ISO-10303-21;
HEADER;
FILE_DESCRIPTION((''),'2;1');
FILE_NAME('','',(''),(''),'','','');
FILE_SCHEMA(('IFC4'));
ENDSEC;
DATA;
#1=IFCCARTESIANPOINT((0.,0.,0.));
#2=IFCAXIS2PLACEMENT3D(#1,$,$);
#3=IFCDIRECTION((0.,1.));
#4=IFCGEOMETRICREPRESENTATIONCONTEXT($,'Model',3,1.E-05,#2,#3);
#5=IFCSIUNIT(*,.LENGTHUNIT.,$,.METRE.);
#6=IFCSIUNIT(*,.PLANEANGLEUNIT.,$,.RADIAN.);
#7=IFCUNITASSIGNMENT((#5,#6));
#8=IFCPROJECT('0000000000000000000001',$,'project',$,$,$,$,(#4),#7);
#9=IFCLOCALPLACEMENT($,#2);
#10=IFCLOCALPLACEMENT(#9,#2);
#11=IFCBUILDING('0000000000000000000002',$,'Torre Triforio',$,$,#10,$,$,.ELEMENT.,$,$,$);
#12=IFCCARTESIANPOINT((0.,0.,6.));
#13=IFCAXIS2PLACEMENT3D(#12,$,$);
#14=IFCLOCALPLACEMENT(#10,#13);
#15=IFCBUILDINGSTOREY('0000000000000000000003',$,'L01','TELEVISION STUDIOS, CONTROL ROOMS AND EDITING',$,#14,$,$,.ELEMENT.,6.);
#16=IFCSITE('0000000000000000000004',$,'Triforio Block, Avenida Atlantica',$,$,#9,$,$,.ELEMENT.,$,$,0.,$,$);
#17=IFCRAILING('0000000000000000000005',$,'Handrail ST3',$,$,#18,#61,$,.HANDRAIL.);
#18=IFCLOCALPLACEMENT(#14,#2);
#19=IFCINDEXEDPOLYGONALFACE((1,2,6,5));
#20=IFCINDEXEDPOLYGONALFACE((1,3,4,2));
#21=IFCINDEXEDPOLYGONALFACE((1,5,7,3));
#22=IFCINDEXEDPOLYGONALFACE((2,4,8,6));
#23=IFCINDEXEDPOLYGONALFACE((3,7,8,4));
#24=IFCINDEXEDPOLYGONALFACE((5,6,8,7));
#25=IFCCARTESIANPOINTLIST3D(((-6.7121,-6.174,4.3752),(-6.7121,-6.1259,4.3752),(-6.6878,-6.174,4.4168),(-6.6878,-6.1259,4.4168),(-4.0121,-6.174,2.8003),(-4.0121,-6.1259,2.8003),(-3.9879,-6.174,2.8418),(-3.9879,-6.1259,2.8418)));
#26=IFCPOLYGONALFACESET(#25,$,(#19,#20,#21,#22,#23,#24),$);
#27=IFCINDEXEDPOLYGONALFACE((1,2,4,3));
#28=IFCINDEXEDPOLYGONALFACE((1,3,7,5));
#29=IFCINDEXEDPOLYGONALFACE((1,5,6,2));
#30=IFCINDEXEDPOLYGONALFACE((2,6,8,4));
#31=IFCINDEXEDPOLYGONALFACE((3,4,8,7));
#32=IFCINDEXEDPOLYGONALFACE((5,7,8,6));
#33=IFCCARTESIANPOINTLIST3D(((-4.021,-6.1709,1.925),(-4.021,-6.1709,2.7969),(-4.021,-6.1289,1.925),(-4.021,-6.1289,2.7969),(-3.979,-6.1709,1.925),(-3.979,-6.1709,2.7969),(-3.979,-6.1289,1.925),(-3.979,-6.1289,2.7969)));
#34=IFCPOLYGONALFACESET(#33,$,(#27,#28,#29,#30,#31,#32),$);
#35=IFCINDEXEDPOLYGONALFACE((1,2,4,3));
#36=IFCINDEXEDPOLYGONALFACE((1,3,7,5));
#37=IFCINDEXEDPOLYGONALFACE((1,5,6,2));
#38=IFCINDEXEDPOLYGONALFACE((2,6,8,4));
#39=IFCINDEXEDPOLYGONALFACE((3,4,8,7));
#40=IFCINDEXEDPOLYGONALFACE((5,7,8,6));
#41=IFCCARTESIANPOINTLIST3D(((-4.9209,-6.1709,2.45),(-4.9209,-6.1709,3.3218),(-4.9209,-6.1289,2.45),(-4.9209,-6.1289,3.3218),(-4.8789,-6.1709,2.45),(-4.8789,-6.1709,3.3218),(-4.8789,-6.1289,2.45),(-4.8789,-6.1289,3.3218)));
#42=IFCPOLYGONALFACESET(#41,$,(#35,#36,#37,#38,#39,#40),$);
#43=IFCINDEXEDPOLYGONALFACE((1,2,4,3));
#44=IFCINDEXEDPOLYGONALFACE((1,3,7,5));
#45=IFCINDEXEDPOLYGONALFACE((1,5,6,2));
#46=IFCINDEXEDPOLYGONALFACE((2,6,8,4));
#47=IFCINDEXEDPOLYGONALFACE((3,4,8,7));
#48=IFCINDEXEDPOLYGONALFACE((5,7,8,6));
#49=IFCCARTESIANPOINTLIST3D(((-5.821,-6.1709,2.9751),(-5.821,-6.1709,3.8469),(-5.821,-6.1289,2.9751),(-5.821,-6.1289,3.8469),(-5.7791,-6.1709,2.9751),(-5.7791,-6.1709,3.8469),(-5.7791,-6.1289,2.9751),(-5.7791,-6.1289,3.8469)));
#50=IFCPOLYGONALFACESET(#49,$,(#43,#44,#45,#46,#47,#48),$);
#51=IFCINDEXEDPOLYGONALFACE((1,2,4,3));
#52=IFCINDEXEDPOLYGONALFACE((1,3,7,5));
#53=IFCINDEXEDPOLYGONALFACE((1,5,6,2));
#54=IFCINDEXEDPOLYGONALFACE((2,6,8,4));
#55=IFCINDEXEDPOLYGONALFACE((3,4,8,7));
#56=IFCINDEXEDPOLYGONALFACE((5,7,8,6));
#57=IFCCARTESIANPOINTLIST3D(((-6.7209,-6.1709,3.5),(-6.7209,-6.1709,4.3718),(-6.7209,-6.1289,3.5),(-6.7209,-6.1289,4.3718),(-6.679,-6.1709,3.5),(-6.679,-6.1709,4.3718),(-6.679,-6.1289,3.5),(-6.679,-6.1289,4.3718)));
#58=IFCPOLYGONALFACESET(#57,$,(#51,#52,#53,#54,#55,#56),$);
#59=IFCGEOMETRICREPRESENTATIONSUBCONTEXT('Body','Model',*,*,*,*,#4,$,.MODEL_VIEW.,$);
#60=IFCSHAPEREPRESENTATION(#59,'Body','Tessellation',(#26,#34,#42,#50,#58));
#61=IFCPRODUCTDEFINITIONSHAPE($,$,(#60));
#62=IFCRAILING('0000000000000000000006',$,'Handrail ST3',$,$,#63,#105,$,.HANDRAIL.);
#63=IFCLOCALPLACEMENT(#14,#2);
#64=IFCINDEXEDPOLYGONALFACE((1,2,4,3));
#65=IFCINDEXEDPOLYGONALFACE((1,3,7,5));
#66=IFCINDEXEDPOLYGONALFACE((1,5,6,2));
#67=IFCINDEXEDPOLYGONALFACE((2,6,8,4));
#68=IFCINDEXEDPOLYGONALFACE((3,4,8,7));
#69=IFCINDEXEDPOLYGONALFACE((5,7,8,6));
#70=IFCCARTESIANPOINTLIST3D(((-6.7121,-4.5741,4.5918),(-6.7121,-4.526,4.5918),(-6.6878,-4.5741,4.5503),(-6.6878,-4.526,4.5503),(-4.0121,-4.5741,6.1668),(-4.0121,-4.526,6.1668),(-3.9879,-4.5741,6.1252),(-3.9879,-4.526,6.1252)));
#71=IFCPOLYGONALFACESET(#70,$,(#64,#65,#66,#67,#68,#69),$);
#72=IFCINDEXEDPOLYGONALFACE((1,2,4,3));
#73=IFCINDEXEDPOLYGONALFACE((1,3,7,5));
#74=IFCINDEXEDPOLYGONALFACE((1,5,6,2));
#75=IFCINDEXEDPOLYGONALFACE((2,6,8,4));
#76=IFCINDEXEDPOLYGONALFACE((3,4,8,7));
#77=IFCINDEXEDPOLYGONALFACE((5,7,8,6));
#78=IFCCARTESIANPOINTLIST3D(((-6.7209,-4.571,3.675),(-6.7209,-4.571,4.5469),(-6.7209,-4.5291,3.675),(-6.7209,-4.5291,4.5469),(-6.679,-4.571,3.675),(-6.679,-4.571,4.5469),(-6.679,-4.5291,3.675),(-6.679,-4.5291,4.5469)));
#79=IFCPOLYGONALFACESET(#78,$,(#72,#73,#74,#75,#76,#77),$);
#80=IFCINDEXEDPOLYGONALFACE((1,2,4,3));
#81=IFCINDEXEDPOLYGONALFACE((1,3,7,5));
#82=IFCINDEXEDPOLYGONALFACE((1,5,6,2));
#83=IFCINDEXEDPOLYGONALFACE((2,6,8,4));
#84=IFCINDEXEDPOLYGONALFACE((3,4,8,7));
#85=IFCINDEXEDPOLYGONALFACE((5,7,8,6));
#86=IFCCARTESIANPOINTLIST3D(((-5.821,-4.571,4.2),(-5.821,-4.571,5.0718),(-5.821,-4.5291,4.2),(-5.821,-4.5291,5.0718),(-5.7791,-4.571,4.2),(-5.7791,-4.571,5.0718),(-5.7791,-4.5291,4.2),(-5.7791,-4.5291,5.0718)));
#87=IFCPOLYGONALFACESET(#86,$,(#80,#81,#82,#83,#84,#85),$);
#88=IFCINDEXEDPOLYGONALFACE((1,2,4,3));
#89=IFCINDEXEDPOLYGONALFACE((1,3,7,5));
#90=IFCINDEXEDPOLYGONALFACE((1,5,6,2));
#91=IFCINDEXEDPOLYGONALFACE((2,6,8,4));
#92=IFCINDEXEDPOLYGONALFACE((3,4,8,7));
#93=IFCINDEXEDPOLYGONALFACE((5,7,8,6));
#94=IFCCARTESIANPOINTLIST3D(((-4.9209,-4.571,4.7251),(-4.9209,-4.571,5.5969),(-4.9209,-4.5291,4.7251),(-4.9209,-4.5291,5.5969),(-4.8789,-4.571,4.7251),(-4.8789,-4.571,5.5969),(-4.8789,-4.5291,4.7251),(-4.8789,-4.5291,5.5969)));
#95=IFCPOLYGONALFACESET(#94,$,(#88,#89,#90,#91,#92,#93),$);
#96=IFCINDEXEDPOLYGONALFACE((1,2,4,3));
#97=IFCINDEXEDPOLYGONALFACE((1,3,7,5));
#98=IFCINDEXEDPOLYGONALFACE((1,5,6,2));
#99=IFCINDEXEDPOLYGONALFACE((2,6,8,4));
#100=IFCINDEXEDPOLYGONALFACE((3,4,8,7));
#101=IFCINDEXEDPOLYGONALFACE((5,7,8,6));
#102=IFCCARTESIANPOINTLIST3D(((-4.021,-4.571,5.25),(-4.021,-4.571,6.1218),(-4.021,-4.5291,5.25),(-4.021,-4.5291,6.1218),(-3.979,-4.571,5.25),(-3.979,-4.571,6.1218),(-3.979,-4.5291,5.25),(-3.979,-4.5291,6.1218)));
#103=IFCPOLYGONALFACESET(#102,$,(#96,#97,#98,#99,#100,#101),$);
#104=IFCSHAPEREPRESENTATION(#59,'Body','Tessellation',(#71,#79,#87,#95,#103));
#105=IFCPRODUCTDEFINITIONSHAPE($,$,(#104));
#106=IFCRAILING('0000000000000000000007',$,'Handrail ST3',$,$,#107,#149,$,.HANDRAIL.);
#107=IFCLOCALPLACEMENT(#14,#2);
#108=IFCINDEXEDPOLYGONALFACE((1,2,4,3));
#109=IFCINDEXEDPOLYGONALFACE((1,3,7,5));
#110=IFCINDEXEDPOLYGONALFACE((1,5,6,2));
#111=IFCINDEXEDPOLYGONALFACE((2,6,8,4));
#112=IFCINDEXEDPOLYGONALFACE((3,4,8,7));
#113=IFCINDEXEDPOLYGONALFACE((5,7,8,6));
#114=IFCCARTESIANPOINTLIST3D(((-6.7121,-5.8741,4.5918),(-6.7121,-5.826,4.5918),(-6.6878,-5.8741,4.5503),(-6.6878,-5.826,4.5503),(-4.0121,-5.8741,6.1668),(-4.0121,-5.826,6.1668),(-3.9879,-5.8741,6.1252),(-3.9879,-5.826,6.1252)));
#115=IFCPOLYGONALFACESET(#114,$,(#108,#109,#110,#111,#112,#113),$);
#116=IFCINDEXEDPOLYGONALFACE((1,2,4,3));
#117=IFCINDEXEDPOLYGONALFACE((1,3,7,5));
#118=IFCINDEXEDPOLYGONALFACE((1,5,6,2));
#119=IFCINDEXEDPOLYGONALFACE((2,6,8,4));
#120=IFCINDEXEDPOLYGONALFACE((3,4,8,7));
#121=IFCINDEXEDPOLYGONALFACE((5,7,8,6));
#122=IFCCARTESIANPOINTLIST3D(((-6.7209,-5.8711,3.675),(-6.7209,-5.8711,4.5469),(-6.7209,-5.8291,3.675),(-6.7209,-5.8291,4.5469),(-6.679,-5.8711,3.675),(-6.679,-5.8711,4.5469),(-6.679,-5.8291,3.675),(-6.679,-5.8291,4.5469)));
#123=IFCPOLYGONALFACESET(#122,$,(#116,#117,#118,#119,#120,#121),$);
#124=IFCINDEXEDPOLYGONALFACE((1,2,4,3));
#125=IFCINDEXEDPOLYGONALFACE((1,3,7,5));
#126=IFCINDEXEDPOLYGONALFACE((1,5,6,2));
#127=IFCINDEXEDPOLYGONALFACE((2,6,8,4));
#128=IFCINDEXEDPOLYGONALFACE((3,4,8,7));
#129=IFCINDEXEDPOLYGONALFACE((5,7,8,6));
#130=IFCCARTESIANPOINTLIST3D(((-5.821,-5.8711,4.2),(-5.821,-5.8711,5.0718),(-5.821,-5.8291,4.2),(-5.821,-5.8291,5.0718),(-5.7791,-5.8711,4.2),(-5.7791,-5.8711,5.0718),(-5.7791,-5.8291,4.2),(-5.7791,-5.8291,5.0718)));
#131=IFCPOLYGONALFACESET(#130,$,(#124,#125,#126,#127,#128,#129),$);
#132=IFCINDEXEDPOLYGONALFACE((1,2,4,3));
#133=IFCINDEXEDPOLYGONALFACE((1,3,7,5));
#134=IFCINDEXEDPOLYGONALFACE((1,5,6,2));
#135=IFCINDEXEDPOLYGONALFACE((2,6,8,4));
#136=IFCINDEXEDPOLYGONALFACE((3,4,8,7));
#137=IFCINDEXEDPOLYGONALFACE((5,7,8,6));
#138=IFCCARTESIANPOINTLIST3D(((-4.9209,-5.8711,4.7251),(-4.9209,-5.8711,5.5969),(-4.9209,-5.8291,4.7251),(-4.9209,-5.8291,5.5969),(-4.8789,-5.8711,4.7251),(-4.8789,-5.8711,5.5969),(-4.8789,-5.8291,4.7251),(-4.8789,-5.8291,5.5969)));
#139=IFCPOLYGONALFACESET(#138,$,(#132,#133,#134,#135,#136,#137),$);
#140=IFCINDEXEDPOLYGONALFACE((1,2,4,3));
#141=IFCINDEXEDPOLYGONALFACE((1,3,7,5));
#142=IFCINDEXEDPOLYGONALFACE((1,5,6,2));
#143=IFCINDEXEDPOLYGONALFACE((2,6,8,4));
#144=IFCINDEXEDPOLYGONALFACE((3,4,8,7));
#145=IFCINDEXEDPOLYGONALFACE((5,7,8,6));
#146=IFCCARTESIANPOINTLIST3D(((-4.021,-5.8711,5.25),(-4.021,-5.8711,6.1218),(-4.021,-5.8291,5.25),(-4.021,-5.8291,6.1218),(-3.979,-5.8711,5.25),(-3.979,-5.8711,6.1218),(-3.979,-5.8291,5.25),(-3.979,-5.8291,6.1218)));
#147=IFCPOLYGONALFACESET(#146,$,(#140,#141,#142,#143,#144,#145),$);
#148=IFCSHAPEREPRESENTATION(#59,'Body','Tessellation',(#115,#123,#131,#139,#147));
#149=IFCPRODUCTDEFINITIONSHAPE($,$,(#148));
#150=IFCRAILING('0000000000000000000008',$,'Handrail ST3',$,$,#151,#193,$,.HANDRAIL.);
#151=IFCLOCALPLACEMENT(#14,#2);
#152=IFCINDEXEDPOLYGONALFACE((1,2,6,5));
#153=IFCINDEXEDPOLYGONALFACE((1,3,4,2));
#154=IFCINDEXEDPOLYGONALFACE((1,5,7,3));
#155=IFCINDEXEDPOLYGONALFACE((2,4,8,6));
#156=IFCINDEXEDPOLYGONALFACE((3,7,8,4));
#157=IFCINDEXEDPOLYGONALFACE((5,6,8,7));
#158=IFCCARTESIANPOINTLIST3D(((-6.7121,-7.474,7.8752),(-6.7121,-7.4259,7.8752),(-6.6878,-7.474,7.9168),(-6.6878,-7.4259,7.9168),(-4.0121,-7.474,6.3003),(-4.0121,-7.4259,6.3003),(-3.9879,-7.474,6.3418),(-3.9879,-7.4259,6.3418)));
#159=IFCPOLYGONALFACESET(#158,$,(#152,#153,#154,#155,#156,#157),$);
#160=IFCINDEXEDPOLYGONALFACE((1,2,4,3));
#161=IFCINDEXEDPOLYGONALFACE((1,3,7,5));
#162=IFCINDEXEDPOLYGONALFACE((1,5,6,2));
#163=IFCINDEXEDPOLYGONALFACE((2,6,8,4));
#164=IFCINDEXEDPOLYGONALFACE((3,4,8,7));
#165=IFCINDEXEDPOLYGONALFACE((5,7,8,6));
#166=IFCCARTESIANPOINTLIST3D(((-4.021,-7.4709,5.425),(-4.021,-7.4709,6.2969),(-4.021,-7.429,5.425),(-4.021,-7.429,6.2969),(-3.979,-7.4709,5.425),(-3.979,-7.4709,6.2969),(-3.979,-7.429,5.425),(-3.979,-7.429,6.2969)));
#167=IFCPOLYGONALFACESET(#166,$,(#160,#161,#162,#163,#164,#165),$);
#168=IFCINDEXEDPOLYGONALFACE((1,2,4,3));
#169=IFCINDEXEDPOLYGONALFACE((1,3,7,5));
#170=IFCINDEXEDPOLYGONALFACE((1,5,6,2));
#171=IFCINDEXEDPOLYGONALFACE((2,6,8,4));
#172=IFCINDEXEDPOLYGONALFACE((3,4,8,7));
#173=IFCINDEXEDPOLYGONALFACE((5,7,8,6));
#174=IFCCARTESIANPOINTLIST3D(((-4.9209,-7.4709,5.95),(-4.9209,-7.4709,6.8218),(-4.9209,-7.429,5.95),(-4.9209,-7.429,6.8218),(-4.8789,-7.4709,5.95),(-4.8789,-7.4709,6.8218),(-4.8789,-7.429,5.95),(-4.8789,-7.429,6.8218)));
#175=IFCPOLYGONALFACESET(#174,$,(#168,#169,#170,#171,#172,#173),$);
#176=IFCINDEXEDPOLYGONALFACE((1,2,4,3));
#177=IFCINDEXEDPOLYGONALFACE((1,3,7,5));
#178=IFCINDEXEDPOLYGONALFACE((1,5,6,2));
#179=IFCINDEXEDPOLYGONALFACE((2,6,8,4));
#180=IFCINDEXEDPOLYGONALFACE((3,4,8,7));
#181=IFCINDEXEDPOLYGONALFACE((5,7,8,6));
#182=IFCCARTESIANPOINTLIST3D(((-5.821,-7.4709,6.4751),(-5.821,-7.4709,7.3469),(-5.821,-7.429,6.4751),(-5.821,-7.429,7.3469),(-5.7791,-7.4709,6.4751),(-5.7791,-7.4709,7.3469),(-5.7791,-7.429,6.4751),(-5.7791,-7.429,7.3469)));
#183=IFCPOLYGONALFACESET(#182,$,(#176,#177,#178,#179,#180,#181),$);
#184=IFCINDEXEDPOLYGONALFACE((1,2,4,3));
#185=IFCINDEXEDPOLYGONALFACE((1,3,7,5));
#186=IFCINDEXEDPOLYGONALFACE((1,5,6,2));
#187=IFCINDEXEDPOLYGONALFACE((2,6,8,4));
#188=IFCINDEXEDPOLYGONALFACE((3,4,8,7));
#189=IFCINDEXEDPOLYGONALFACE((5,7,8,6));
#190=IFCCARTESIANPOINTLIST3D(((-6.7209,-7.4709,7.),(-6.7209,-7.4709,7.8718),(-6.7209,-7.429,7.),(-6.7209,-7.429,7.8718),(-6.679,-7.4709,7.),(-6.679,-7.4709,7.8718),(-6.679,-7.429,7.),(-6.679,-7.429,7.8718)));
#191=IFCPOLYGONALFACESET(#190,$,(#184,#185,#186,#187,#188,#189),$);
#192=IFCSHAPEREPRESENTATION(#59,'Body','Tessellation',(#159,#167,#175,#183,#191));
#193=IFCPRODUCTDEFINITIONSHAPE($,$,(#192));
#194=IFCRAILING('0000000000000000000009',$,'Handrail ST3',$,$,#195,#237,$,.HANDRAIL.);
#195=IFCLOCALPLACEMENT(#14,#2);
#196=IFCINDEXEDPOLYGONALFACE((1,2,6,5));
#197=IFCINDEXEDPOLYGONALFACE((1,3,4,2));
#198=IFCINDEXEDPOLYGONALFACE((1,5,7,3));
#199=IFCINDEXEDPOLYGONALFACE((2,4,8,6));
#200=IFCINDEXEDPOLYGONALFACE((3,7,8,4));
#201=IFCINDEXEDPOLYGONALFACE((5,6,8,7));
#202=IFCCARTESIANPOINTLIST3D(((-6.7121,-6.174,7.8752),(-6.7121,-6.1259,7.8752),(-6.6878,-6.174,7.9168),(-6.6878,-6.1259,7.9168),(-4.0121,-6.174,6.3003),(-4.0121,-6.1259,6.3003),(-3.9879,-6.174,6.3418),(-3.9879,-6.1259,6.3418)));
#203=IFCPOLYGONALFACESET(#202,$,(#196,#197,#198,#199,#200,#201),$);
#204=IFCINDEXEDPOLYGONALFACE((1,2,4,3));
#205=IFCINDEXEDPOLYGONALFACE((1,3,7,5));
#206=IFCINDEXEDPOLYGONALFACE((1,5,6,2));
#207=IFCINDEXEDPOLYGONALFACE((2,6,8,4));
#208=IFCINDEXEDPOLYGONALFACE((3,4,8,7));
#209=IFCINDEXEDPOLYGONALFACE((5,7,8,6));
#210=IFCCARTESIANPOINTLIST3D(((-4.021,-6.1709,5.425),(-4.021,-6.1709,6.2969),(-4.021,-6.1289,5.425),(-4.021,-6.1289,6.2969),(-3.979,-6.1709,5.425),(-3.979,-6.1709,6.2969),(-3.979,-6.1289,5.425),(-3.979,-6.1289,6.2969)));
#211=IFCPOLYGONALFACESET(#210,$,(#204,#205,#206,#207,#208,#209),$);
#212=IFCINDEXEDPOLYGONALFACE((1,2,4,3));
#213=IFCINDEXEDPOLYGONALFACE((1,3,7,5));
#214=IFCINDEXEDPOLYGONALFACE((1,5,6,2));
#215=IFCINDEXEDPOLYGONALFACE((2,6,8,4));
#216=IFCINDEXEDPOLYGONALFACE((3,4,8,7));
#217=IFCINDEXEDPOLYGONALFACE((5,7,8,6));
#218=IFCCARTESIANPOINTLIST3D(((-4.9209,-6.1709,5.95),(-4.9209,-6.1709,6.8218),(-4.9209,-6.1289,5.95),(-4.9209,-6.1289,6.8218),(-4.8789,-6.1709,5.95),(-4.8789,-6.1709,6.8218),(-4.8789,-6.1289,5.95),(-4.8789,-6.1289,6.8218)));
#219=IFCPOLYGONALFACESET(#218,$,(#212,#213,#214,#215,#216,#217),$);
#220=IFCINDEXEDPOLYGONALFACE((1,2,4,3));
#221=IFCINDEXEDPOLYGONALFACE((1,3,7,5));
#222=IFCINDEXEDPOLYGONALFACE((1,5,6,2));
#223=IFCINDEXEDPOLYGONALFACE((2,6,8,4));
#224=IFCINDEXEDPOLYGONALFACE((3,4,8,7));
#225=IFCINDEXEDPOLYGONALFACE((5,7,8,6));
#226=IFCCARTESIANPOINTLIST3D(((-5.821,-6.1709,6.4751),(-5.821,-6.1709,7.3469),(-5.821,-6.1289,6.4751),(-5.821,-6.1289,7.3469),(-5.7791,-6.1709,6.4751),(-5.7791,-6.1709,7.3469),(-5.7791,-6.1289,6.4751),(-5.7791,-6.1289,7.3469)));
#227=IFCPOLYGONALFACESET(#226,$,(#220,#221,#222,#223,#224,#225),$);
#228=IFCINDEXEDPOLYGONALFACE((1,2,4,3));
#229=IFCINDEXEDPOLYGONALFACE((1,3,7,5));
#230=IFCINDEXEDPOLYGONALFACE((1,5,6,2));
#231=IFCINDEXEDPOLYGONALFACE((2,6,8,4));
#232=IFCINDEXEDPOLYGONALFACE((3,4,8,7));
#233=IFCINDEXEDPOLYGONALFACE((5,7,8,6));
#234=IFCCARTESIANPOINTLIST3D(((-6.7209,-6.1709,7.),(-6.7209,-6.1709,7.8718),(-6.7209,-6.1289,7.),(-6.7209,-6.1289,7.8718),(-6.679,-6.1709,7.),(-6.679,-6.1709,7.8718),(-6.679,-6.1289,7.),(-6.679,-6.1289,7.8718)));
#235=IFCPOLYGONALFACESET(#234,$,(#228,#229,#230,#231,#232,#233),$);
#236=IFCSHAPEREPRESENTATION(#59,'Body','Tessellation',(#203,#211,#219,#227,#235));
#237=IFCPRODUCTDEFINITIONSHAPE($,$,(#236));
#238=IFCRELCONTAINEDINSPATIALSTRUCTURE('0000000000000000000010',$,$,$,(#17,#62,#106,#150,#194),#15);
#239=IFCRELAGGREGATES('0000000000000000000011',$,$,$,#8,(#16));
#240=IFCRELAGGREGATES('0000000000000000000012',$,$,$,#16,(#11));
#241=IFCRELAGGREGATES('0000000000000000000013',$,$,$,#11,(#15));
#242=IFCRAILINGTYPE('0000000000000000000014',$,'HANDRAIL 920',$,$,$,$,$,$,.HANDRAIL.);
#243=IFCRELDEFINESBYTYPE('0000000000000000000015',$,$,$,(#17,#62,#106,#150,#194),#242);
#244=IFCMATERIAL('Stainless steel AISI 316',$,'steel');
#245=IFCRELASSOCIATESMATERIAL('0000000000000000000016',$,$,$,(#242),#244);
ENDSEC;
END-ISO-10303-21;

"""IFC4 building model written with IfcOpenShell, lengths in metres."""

from ifc_helpers import new_model, si_unit, direction, frame, origin, origin_2d, place, context, subcontext, project, spatial, rectangle, extrude, material, type_object, element, save


model = new_model("IFC4")

# Units and contexts
model_context = context("Model", 3, precision=1e-05, world=origin(), true_north=direction((0.0, 1.0)))
body_context = subcontext(model_context, "Body", "Model", "MODEL_VIEW")
ifc_project = project(units=[si_unit("LENGTHUNIT", "METRE"), si_unit("PLANEANGLEUNIT", "RADIAN")], contexts=[model_context])

# Site, building, storey
site_placement = place(None, origin())
site = spatial("IfcSite", under=ifc_project, at=site_placement, Name="Triforio Block, Avenida Atlantica", CompositionType="ELEMENT", RefElevation=0.0)
building_placement = place(site_placement, origin())
building = spatial("IfcBuilding", under=site, at=building_placement, Name="Torre Triforio", CompositionType="ELEMENT")
storey_placement = place(building_placement, frame((0.0, 0.0, 6.0)))
storey = spatial("IfcBuildingStorey", under=building, at=storey_placement, Name="L01", Description="TELEVISION STUDIOS, CONTROL ROOMS AND EDITING", CompositionType="ELEMENT", Elevation=6.0)

# Railings
ifc_material_1 = material(Name="Stainless steel AISI 316", Category="steel")
railing_type = type_object("IfcRailingType", Name="HANDRAIL 920", PredefinedType="HANDRAIL", material=ifc_material_1)
for number, where, name in (
    (1, (-4.0, -6.1499, 1.925), "Handrail ST3"),
):
    element("IfcRailing", number, at=place(storey_placement, frame(where)), inside=storey, type_object=railing_type, Name=name, PredefinedType="HANDRAIL", context=body_context, shape_type="SweptSolid", body=[
        extrude(rectangle(XDim=0.0481, YDim=0.0481, at=origin_2d()), frame((0.0, 0.0, 0.896), z_axis=(-0.863782, 0.0, 0.503866), x_axis=(0.0, -1.0, 0.0)), (0.0, 0.0, 1.0), 3.1257),
        extrude(rectangle(XDim=0.042, YDim=0.042, at=origin_2d()), origin(), (0.0, 0.0, 1.0), 0.8718),
        extrude(rectangle(XDim=0.042, YDim=0.042, at=origin_2d()), frame((-0.8999, 0.0, 0.5249)), (0.0, 0.0, 1.0), 0.8718),
        extrude(rectangle(XDim=0.042, YDim=0.042, at=origin_2d()), frame((-1.8, 0.0, 1.05)), (0.0, 0.0, 1.0), 0.8718),
        extrude(rectangle(XDim=0.042, YDim=0.042, at=origin_2d()), frame((-2.7, 0.0, 1.575)), (0.0, 0.0, 1.0), 0.8718),
    ])
for number, where, name in (
    (2, (-6.7, -4.55, 3.675), "Handrail ST3"),
    (3, (-6.7, -5.8501, 3.675), "Handrail ST3"),
):
    element("IfcRailing", number, at=place(storey_placement, frame(where)), inside=storey, type_object=railing_type, Name=name, PredefinedType="HANDRAIL", context=body_context, shape_type="SweptSolid", body=[
        extrude(rectangle(XDim=0.0481, YDim=0.0481, at=origin_2d()), frame((0.0, 0.0, 0.896), z_axis=(0.863782, 0.0, 0.503866), x_axis=(0.0, 1.0, 0.0)), (0.0, 0.0, 1.0), 3.1257),
        extrude(rectangle(XDim=0.042, YDim=0.042, at=origin_2d()), origin(), (0.0, 0.0, 1.0), 0.8718),
        extrude(rectangle(XDim=0.042, YDim=0.042, at=origin_2d()), frame((0.8999, 0.0, 0.5249)), (0.0, 0.0, 1.0), 0.8718),
        extrude(rectangle(XDim=0.042, YDim=0.042, at=origin_2d()), frame((1.8, 0.0, 1.05)), (0.0, 0.0, 1.0), 0.8718),
        extrude(rectangle(XDim=0.042, YDim=0.042, at=origin_2d()), frame((2.7, 0.0, 1.575)), (0.0, 0.0, 1.0), 0.8718),
    ])
for number, where, name in (
    (4, (-4.0, -7.45, 5.425), "Handrail ST3"),
    (5, (-4.0, -6.1499, 5.425), "Handrail ST3"),
):
    element("IfcRailing", number, at=place(storey_placement, frame(where)), inside=storey, type_object=railing_type, Name=name, PredefinedType="HANDRAIL", context=body_context, shape_type="SweptSolid", body=[
        extrude(rectangle(XDim=0.0481, YDim=0.0481, at=origin_2d()), frame((0.0, 0.0, 0.896), z_axis=(-0.863782, 0.0, 0.503866), x_axis=(0.0, -1.0, 0.0)), (0.0, 0.0, 1.0), 3.1257),
        extrude(rectangle(XDim=0.042, YDim=0.042, at=origin_2d()), origin(), (0.0, 0.0, 1.0), 0.8718),
        extrude(rectangle(XDim=0.042, YDim=0.042, at=origin_2d()), frame((-0.8999, 0.0, 0.5249)), (0.0, 0.0, 1.0), 0.8718),
        extrude(rectangle(XDim=0.042, YDim=0.042, at=origin_2d()), frame((-1.8, 0.0, 1.05)), (0.0, 0.0, 1.0), 0.8718),
        extrude(rectangle(XDim=0.042, YDim=0.042, at=origin_2d()), frame((-2.7, 0.0, 1.575)), (0.0, 0.0, 1.0), 0.8718),
    ])

save(model, "model.ifc")
